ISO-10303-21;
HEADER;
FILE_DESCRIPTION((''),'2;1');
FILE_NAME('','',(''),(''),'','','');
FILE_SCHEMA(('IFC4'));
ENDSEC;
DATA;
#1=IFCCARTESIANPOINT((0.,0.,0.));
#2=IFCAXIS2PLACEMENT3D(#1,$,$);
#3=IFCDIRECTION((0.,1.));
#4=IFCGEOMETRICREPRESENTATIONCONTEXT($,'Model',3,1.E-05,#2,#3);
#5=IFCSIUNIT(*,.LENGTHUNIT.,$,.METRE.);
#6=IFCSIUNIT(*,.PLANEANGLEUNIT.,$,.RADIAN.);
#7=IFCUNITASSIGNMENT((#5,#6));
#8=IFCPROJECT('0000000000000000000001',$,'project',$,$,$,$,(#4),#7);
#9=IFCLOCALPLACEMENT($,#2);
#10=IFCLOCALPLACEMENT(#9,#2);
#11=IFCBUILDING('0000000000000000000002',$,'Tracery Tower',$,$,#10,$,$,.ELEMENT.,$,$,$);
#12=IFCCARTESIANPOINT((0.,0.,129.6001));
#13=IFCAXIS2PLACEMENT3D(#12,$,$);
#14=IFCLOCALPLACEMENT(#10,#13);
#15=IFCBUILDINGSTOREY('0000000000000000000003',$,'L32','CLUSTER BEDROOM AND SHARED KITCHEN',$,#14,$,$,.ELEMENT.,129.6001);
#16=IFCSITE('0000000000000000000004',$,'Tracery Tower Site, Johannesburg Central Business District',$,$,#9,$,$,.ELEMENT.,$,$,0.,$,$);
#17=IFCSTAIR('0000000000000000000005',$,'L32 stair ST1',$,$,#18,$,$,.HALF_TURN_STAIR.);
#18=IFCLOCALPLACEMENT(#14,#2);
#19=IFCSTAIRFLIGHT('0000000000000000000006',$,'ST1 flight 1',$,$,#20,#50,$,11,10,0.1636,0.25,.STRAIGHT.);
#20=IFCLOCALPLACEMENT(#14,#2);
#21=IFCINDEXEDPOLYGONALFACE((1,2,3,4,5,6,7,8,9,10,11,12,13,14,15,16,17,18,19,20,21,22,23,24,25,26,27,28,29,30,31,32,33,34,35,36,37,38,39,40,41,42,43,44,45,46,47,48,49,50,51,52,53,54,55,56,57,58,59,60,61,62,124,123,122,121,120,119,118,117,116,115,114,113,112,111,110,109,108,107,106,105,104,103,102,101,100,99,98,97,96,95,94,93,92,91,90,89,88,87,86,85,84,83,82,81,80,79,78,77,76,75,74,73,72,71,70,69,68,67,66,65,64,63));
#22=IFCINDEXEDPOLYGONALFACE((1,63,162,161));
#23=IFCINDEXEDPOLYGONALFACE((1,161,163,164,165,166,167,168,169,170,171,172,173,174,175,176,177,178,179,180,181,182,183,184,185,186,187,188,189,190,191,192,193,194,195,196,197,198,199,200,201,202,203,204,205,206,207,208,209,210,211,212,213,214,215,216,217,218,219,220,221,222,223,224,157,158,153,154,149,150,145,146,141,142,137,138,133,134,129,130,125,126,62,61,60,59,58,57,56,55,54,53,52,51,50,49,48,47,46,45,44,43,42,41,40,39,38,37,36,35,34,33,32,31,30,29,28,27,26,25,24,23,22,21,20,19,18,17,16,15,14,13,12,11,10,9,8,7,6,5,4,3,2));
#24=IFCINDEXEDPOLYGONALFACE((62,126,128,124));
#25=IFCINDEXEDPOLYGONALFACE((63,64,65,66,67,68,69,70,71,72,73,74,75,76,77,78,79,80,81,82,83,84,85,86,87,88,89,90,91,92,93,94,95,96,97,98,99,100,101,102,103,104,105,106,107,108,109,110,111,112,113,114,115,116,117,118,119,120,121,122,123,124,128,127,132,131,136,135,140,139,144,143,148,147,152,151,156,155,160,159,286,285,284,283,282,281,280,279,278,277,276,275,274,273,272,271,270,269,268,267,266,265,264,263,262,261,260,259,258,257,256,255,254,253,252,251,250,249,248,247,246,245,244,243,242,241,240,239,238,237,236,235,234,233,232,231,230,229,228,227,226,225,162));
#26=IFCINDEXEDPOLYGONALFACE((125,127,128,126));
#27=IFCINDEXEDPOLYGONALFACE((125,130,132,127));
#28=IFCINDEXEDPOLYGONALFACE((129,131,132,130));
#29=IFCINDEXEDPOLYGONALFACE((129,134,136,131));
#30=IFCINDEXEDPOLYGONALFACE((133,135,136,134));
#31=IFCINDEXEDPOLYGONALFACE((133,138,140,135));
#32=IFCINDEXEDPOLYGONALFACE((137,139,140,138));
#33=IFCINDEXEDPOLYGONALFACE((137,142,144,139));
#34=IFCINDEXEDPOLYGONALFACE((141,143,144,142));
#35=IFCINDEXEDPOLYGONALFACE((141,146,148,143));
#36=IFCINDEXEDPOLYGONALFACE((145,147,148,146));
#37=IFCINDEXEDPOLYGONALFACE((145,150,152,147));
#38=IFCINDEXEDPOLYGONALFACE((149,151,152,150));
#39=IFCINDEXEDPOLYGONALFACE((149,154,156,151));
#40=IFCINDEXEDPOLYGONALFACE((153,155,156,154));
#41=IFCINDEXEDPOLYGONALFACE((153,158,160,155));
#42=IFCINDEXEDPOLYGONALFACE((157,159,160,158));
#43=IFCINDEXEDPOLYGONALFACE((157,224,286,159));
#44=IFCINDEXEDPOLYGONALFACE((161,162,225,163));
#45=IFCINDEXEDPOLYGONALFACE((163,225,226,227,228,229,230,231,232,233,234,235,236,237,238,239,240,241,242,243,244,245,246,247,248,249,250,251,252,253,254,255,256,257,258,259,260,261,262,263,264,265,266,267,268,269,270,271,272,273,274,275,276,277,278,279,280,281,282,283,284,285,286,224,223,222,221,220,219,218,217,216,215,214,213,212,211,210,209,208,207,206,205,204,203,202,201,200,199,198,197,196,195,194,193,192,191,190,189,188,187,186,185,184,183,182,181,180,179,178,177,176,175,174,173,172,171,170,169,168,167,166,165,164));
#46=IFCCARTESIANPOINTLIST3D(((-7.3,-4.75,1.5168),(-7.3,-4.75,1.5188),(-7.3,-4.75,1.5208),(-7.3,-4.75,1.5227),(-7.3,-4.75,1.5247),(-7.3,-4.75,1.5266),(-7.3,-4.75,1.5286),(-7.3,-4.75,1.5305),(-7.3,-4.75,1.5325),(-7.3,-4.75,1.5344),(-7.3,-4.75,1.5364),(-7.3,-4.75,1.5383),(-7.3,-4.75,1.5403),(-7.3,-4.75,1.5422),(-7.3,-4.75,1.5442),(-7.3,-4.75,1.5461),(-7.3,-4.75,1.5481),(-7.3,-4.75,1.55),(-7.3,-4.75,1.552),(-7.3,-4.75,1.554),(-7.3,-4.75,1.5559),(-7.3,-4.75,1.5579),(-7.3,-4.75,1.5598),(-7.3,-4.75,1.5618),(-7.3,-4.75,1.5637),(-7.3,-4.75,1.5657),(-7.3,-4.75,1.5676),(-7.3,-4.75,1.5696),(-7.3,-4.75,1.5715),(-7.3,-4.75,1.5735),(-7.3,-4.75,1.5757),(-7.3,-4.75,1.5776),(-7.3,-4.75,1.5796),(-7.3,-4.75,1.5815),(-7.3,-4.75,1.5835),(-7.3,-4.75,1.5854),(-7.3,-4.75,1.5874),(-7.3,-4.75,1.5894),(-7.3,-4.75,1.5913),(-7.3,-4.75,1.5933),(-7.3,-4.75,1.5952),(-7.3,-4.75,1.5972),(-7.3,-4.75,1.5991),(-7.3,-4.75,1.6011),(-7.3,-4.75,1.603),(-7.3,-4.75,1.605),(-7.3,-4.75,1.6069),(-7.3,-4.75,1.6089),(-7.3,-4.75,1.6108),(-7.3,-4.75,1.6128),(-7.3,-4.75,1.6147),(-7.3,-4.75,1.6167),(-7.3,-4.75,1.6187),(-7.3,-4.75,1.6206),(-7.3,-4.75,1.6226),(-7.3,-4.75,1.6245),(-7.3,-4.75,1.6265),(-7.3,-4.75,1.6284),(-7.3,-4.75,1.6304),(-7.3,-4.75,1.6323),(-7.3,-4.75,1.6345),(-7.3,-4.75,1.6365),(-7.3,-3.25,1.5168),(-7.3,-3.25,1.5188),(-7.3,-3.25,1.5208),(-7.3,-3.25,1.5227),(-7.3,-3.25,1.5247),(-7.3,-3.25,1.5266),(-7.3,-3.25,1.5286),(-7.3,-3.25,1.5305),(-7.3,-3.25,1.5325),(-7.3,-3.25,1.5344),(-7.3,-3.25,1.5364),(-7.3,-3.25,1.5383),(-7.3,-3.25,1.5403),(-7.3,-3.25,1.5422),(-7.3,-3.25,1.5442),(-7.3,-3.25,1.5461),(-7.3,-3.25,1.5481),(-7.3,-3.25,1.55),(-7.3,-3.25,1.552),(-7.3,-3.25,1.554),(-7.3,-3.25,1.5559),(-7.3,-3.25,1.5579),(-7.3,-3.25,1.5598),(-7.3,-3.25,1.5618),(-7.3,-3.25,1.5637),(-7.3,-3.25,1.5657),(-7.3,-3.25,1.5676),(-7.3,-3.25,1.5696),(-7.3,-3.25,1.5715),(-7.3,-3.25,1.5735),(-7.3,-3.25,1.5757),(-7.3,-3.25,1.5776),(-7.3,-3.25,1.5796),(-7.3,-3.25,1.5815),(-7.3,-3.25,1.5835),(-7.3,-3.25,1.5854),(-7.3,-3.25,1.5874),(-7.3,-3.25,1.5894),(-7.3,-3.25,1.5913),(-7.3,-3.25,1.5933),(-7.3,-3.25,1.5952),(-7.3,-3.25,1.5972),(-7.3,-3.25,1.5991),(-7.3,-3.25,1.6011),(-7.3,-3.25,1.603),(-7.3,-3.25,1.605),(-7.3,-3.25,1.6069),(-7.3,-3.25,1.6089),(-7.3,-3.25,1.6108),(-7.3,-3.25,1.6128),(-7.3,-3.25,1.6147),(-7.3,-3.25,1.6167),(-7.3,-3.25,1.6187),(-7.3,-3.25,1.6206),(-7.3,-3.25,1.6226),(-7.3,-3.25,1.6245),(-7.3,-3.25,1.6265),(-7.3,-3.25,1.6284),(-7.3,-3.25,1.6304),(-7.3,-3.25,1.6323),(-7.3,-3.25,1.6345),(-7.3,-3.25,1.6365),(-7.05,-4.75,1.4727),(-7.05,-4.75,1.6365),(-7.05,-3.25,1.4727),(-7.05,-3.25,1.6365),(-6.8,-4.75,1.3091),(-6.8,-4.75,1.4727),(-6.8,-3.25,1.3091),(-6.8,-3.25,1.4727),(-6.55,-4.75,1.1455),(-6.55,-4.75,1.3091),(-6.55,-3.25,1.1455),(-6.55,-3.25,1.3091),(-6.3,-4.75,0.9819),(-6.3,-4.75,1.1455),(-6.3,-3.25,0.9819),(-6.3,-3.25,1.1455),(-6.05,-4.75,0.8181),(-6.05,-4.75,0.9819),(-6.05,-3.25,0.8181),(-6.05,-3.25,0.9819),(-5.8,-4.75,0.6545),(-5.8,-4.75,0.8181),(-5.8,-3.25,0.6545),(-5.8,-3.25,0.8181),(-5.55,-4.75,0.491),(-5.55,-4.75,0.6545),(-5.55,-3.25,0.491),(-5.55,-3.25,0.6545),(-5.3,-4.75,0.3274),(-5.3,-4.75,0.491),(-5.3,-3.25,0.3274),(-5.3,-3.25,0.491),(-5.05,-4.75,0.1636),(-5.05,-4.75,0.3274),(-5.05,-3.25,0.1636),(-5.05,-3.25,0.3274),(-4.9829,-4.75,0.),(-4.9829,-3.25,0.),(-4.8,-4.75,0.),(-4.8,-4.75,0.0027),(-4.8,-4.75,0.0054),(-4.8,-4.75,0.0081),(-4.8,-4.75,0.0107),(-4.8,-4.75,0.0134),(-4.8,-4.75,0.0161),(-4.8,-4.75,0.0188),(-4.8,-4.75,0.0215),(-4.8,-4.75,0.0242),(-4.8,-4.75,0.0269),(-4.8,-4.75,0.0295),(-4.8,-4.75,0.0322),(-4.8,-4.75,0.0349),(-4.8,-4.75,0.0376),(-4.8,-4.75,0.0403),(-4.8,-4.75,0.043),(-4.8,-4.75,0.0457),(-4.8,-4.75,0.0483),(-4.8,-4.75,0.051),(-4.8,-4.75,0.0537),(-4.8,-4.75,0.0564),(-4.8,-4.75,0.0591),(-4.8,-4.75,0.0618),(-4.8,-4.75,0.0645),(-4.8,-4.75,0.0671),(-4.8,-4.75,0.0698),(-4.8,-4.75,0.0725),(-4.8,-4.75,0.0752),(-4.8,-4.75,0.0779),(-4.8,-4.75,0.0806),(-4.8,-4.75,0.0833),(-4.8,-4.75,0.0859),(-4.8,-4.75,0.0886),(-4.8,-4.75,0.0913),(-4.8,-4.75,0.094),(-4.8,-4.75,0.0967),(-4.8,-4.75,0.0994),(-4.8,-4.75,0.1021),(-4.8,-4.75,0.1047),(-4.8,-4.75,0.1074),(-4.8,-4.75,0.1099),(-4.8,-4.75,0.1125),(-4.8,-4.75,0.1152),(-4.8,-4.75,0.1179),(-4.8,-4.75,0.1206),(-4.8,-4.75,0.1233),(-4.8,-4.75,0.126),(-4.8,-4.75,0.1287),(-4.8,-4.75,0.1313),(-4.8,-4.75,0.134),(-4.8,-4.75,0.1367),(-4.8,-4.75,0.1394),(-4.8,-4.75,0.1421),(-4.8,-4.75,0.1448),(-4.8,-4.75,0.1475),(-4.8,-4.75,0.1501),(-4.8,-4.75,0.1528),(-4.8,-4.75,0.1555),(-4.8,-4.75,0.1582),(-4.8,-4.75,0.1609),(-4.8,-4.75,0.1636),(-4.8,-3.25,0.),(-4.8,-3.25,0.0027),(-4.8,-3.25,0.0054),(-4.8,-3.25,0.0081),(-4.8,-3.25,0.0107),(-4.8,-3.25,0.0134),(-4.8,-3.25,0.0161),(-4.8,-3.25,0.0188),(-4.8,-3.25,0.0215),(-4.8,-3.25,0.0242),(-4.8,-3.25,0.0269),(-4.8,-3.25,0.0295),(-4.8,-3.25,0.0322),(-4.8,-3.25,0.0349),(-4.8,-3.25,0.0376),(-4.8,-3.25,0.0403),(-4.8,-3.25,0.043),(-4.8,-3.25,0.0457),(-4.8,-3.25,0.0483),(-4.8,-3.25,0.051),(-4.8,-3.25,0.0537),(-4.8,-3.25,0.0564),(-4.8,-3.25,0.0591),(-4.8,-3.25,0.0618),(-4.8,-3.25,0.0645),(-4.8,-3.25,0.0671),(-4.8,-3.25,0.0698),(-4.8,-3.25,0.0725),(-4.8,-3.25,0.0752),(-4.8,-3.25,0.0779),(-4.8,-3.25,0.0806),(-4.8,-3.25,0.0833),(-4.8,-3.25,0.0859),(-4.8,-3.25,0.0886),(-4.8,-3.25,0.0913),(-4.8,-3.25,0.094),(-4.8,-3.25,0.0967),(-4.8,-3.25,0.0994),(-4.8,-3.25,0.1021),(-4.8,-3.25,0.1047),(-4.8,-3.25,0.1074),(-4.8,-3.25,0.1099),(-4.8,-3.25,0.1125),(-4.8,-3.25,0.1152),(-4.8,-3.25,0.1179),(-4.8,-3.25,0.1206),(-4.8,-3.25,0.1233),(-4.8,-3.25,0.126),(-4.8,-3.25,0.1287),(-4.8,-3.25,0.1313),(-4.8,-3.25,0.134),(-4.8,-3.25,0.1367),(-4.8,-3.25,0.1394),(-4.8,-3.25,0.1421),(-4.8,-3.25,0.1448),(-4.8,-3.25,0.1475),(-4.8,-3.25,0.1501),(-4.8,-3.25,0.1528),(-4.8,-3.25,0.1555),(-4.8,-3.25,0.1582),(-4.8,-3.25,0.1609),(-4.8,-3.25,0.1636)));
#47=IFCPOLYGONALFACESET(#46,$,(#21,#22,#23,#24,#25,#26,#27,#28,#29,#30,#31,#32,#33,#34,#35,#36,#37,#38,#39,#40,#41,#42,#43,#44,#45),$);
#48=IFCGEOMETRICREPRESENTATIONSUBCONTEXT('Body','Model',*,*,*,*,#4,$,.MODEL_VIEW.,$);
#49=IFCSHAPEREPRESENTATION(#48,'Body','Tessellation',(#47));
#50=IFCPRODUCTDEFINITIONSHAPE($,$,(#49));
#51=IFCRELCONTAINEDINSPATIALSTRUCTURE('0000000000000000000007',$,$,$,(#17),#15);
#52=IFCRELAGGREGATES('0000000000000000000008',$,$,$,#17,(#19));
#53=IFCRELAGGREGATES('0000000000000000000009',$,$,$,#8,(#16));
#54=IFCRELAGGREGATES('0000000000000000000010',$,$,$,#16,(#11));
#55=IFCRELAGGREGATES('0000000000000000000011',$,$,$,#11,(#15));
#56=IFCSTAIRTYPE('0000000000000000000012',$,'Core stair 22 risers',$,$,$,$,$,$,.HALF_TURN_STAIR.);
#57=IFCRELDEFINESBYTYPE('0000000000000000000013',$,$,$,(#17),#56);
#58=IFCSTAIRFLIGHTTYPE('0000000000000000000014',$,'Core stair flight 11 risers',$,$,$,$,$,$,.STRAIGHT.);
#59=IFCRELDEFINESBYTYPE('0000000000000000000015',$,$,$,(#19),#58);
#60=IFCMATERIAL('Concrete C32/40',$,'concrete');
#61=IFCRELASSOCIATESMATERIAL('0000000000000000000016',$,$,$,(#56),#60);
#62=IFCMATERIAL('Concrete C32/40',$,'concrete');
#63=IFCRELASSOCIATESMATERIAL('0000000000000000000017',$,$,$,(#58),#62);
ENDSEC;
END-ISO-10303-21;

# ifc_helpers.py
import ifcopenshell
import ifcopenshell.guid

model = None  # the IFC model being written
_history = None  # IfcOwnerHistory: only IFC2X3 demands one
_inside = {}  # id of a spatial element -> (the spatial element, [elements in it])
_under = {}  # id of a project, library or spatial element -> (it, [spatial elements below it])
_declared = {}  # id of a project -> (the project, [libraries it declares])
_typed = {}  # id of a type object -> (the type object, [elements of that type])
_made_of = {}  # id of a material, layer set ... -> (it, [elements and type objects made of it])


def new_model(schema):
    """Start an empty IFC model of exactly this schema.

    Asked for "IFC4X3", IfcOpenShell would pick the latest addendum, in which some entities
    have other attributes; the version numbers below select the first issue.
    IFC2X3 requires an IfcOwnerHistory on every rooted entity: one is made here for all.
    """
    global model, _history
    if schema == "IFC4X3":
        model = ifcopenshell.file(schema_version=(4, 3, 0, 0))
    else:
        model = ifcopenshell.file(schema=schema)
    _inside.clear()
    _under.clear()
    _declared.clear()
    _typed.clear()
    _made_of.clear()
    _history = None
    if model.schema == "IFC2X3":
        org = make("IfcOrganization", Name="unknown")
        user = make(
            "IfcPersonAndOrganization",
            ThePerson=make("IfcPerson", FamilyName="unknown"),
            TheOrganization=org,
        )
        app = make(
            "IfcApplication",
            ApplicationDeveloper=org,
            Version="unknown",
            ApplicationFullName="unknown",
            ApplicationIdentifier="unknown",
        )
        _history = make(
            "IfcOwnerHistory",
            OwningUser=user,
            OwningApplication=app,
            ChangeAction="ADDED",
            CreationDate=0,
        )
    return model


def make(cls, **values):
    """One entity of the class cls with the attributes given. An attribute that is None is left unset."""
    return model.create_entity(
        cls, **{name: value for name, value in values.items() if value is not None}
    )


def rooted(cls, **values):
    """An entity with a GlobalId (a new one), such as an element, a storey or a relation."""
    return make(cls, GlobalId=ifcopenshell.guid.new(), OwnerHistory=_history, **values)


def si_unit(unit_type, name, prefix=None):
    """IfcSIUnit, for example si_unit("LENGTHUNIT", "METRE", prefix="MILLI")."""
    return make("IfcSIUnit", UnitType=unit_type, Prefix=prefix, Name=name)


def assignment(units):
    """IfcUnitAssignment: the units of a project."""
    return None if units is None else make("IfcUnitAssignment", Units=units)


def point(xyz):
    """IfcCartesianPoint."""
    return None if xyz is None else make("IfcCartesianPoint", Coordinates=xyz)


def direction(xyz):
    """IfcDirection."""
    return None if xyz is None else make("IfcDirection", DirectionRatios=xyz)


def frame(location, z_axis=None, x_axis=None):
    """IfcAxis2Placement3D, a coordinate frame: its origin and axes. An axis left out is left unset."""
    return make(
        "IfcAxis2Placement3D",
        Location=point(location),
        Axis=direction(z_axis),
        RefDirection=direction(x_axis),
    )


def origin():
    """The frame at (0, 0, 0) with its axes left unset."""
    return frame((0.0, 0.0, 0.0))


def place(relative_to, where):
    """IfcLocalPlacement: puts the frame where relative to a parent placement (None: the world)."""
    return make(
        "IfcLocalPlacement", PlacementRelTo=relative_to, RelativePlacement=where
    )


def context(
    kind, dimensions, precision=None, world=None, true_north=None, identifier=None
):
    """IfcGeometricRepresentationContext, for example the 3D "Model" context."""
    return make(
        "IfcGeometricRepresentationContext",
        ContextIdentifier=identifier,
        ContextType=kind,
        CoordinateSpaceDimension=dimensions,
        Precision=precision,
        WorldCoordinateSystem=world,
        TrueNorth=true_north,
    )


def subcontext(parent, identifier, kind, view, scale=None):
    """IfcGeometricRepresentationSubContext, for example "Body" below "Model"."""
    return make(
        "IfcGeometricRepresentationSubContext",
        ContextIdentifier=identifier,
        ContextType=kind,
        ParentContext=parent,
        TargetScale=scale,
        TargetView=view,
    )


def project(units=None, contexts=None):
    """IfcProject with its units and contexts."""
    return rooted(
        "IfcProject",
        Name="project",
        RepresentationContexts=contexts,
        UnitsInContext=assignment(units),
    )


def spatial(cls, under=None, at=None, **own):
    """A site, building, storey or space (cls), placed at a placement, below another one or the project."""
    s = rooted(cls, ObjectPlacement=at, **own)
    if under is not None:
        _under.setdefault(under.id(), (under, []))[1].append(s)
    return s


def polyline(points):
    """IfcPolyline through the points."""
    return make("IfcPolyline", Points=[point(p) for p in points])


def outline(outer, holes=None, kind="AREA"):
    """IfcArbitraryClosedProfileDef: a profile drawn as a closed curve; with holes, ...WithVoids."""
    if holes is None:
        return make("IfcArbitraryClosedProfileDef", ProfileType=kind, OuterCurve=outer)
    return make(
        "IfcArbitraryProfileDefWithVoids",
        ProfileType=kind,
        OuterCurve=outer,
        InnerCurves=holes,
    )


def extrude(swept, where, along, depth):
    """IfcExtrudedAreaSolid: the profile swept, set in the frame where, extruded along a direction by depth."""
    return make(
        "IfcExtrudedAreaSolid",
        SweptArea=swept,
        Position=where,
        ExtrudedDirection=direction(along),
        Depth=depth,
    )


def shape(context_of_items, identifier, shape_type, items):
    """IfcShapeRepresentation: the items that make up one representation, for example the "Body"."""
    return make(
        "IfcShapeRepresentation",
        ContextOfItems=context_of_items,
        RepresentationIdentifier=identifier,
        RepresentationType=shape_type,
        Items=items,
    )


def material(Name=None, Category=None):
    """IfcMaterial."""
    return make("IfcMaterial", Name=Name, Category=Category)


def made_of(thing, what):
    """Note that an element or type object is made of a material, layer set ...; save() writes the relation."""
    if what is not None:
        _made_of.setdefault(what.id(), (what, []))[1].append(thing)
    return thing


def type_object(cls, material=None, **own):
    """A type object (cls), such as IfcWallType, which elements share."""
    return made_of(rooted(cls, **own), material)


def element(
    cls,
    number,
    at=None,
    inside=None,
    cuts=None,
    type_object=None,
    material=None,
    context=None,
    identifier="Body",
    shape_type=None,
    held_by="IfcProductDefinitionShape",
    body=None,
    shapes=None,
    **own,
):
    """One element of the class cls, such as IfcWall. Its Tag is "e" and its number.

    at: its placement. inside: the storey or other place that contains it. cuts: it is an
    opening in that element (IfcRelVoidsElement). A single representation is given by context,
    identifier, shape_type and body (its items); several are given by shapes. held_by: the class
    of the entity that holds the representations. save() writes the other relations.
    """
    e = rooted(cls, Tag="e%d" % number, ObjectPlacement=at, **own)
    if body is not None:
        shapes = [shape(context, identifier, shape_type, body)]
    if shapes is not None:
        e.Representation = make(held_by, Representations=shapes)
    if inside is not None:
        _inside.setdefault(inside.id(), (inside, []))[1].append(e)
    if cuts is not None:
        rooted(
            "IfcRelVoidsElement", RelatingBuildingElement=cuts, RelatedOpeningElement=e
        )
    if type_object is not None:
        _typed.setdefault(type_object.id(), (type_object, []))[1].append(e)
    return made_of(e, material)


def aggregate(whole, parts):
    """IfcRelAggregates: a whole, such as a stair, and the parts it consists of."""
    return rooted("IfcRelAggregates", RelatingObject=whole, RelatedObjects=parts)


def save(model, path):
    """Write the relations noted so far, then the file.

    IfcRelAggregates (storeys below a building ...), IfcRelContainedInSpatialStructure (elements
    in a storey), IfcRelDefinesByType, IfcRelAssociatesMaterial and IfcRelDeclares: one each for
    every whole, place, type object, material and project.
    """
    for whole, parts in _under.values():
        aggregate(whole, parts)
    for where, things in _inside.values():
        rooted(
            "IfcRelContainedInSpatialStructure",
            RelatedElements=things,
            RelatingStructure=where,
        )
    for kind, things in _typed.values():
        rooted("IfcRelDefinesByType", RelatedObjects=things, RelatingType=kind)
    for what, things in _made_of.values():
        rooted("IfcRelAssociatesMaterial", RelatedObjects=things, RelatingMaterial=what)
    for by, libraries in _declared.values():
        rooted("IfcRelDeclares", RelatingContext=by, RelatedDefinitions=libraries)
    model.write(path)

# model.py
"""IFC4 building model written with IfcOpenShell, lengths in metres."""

from ifc_helpers import new_model, si_unit, direction, frame, origin, place, context, subcontext, project, spatial, polyline, outline, extrude, material, type_object, element, aggregate, save


model = new_model("IFC4")

# Units and contexts
model_context = context("Model", 3, precision=1e-05, world=origin(), true_north=direction((0.0, 1.0)))
body_context = subcontext(model_context, "Body", "Model", "MODEL_VIEW")
ifc_project = project(units=[si_unit("LENGTHUNIT", "METRE"), si_unit("PLANEANGLEUNIT", "RADIAN")], contexts=[model_context])

# Site, building, storey
site_placement = place(None, origin())
site = spatial("IfcSite", under=ifc_project, at=site_placement, Name="Tracery Tower Site, Johannesburg Central Business District", CompositionType="ELEMENT", RefElevation=0.0)
building_placement = place(site_placement, origin())
building = spatial("IfcBuilding", under=site, at=building_placement, Name="Tracery Tower", CompositionType="ELEMENT")
storey_placement = place(building_placement, frame((0.0, 0.0, 129.6001)))
storey = spatial("IfcBuildingStorey", under=building, at=storey_placement, Name="L32", Description="CLUSTER BEDROOM AND SHARED KITCHEN", CompositionType="ELEMENT", Elevation=129.6001)

# Stair, stair flight
ifc_material_1 = material(Name="Concrete C32/40", Category="concrete")
stair_type = type_object("IfcStairType", Name="Core stair 22 risers", PredefinedType="HALF_TURN_STAIR", material=ifc_material_1)
stair_placement = place(storey_placement, origin())
stair = element("IfcStair", 1, at=stair_placement, inside=storey, type_object=stair_type, Name="L32 stair ST1", PredefinedType="HALF_TURN_STAIR")
ifc_material_2 = material(Name="Concrete C32/40", Category="concrete")
stair_flight_type = type_object("IfcStairFlightType", Name="Core stair flight 11 risers", PredefinedType="STRAIGHT", material=ifc_material_2)
stair_flight_1_placement = place(storey_placement, frame((-4.8, -4.0, 0.0), z_axis=(0.0, 0.0, 1.0), x_axis=(-1.0, 0.0, 0.0)))
stair_flight_1 = element("IfcStairFlight", 2, at=stair_flight_1_placement, type_object=stair_flight_type, Name="ST1 flight 1", NumberOfRisers=11, NumberOfTreads=10, PredefinedType="STRAIGHT", RiserHeight=0.1636, TreadLength=0.25, context=body_context, shape_type="SweptSolid", body=[
    extrude(outline(polyline([(0.0, 0.0), (0.0, 0.0027), (0.0, 0.0054), (0.0, 0.0081), (0.0, 0.0107), (0.0, 0.0134), (0.0, 0.0161), (0.0, 0.0188), (0.0, 0.0215), (0.0, 0.0242), (0.0, 0.0269), (0.0, 0.0295), (0.0, 0.0322), (0.0, 0.0349), (0.0, 0.0376), (0.0, 0.0403), (0.0, 0.043), (0.0, 0.0457), (0.0, 0.0483), (0.0, 0.051), (0.0, 0.0537), (0.0, 0.0564), (0.0, 0.0591), (0.0, 0.0618), (0.0, 0.0645), (0.0, 0.0671), (0.0, 0.0698), (0.0, 0.0725), (0.0, 0.0752), (0.0, 0.0779), (0.0, 0.0806), (0.0, 0.0833), (0.0, 0.0859), (0.0, 0.0886), (0.0, 0.0913), (0.0, 0.094), (0.0, 0.0967), (0.0, 0.0994), (0.0, 0.1021), (0.0, 0.1047), (0.0, 0.1074), (0.0, 0.1099), (0.0, 0.1125), (0.0, 0.1152), (0.0, 0.1179), (0.0, 0.1206), (0.0, 0.1233), (0.0, 0.126), (0.0, 0.1287), (0.0, 0.1313), (0.0, 0.134), (0.0, 0.1367), (0.0, 0.1394), (0.0, 0.1421), (0.0, 0.1448), (0.0, 0.1475), (0.0, 0.1501), (0.0, 0.1528), (0.0, 0.1555), (0.0, 0.1582), (0.0, 0.1609), (0.0, 0.1636), (0.25, 0.1636), (0.25, 0.3274), (0.5, 0.3274), (0.5, 0.491), (0.75, 0.491), (0.75, 0.6545), (1.0, 0.6545), (1.0, 0.8181), (1.25, 0.8181), (1.25, 0.9819), (1.5, 0.9819), (1.5, 1.1455), (1.75, 1.1455), (1.75, 1.3091), (2.0, 1.3091), (2.0, 1.4727), (2.25, 1.4727), (2.25, 1.6365), (2.5, 1.6365), (2.5, 1.6345), (2.5, 1.6323), (2.5, 1.6304), (2.5, 1.6284), (2.5, 1.6265), (2.5, 1.6245), (2.5, 1.6226), (2.5, 1.6206), (2.5, 1.6187), (2.5, 1.6167), (2.5, 1.6147), (2.5, 1.6128), (2.5, 1.6108), (2.5, 1.6089), (2.5, 1.6069), (2.5, 1.605), (2.5, 1.603), (2.5, 1.6011), (2.5, 1.5991), (2.5, 1.5972), (2.5, 1.5952), (2.5, 1.5933), (2.5, 1.5913), (2.5, 1.5894), (2.5, 1.5874), (2.5, 1.5854), (2.5, 1.5835), (2.5, 1.5815), (2.5, 1.5796), (2.5, 1.5776), (2.5, 1.5757), (2.5, 1.5735), (2.5, 1.5715), (2.5, 1.5696), (2.5, 1.5676), (2.5, 1.5657), (2.5, 1.5637), (2.5, 1.5618), (2.5, 1.5598), (2.5, 1.5579), (2.5, 1.5559), (2.5, 1.554), (2.5, 1.552), (2.5, 1.55), (2.5, 1.5481), (2.5, 1.5461), (2.5, 1.5442), (2.5, 1.5422), (2.5, 1.5403), (2.5, 1.5383), (2.5, 1.5364), (2.5, 1.5344), (2.5, 1.5325), (2.5, 1.5305), (2.5, 1.5286), (2.5, 1.5266), (2.5, 1.5247), (2.5, 1.5227), (2.5, 1.5208), (2.5, 1.5188), (2.5, 1.5168), (0.1829, 0.0), (0.0, 0.0)])), frame((0.0, 0.75, 0.0), z_axis=(0.0, -1.0, 0.0), x_axis=(1.0, 0.0, 0.0)), (0.0, 0.0, 1.0), 1.5),
])
aggregate(stair, [stair_flight_1])

save(model, "model.ifc")
